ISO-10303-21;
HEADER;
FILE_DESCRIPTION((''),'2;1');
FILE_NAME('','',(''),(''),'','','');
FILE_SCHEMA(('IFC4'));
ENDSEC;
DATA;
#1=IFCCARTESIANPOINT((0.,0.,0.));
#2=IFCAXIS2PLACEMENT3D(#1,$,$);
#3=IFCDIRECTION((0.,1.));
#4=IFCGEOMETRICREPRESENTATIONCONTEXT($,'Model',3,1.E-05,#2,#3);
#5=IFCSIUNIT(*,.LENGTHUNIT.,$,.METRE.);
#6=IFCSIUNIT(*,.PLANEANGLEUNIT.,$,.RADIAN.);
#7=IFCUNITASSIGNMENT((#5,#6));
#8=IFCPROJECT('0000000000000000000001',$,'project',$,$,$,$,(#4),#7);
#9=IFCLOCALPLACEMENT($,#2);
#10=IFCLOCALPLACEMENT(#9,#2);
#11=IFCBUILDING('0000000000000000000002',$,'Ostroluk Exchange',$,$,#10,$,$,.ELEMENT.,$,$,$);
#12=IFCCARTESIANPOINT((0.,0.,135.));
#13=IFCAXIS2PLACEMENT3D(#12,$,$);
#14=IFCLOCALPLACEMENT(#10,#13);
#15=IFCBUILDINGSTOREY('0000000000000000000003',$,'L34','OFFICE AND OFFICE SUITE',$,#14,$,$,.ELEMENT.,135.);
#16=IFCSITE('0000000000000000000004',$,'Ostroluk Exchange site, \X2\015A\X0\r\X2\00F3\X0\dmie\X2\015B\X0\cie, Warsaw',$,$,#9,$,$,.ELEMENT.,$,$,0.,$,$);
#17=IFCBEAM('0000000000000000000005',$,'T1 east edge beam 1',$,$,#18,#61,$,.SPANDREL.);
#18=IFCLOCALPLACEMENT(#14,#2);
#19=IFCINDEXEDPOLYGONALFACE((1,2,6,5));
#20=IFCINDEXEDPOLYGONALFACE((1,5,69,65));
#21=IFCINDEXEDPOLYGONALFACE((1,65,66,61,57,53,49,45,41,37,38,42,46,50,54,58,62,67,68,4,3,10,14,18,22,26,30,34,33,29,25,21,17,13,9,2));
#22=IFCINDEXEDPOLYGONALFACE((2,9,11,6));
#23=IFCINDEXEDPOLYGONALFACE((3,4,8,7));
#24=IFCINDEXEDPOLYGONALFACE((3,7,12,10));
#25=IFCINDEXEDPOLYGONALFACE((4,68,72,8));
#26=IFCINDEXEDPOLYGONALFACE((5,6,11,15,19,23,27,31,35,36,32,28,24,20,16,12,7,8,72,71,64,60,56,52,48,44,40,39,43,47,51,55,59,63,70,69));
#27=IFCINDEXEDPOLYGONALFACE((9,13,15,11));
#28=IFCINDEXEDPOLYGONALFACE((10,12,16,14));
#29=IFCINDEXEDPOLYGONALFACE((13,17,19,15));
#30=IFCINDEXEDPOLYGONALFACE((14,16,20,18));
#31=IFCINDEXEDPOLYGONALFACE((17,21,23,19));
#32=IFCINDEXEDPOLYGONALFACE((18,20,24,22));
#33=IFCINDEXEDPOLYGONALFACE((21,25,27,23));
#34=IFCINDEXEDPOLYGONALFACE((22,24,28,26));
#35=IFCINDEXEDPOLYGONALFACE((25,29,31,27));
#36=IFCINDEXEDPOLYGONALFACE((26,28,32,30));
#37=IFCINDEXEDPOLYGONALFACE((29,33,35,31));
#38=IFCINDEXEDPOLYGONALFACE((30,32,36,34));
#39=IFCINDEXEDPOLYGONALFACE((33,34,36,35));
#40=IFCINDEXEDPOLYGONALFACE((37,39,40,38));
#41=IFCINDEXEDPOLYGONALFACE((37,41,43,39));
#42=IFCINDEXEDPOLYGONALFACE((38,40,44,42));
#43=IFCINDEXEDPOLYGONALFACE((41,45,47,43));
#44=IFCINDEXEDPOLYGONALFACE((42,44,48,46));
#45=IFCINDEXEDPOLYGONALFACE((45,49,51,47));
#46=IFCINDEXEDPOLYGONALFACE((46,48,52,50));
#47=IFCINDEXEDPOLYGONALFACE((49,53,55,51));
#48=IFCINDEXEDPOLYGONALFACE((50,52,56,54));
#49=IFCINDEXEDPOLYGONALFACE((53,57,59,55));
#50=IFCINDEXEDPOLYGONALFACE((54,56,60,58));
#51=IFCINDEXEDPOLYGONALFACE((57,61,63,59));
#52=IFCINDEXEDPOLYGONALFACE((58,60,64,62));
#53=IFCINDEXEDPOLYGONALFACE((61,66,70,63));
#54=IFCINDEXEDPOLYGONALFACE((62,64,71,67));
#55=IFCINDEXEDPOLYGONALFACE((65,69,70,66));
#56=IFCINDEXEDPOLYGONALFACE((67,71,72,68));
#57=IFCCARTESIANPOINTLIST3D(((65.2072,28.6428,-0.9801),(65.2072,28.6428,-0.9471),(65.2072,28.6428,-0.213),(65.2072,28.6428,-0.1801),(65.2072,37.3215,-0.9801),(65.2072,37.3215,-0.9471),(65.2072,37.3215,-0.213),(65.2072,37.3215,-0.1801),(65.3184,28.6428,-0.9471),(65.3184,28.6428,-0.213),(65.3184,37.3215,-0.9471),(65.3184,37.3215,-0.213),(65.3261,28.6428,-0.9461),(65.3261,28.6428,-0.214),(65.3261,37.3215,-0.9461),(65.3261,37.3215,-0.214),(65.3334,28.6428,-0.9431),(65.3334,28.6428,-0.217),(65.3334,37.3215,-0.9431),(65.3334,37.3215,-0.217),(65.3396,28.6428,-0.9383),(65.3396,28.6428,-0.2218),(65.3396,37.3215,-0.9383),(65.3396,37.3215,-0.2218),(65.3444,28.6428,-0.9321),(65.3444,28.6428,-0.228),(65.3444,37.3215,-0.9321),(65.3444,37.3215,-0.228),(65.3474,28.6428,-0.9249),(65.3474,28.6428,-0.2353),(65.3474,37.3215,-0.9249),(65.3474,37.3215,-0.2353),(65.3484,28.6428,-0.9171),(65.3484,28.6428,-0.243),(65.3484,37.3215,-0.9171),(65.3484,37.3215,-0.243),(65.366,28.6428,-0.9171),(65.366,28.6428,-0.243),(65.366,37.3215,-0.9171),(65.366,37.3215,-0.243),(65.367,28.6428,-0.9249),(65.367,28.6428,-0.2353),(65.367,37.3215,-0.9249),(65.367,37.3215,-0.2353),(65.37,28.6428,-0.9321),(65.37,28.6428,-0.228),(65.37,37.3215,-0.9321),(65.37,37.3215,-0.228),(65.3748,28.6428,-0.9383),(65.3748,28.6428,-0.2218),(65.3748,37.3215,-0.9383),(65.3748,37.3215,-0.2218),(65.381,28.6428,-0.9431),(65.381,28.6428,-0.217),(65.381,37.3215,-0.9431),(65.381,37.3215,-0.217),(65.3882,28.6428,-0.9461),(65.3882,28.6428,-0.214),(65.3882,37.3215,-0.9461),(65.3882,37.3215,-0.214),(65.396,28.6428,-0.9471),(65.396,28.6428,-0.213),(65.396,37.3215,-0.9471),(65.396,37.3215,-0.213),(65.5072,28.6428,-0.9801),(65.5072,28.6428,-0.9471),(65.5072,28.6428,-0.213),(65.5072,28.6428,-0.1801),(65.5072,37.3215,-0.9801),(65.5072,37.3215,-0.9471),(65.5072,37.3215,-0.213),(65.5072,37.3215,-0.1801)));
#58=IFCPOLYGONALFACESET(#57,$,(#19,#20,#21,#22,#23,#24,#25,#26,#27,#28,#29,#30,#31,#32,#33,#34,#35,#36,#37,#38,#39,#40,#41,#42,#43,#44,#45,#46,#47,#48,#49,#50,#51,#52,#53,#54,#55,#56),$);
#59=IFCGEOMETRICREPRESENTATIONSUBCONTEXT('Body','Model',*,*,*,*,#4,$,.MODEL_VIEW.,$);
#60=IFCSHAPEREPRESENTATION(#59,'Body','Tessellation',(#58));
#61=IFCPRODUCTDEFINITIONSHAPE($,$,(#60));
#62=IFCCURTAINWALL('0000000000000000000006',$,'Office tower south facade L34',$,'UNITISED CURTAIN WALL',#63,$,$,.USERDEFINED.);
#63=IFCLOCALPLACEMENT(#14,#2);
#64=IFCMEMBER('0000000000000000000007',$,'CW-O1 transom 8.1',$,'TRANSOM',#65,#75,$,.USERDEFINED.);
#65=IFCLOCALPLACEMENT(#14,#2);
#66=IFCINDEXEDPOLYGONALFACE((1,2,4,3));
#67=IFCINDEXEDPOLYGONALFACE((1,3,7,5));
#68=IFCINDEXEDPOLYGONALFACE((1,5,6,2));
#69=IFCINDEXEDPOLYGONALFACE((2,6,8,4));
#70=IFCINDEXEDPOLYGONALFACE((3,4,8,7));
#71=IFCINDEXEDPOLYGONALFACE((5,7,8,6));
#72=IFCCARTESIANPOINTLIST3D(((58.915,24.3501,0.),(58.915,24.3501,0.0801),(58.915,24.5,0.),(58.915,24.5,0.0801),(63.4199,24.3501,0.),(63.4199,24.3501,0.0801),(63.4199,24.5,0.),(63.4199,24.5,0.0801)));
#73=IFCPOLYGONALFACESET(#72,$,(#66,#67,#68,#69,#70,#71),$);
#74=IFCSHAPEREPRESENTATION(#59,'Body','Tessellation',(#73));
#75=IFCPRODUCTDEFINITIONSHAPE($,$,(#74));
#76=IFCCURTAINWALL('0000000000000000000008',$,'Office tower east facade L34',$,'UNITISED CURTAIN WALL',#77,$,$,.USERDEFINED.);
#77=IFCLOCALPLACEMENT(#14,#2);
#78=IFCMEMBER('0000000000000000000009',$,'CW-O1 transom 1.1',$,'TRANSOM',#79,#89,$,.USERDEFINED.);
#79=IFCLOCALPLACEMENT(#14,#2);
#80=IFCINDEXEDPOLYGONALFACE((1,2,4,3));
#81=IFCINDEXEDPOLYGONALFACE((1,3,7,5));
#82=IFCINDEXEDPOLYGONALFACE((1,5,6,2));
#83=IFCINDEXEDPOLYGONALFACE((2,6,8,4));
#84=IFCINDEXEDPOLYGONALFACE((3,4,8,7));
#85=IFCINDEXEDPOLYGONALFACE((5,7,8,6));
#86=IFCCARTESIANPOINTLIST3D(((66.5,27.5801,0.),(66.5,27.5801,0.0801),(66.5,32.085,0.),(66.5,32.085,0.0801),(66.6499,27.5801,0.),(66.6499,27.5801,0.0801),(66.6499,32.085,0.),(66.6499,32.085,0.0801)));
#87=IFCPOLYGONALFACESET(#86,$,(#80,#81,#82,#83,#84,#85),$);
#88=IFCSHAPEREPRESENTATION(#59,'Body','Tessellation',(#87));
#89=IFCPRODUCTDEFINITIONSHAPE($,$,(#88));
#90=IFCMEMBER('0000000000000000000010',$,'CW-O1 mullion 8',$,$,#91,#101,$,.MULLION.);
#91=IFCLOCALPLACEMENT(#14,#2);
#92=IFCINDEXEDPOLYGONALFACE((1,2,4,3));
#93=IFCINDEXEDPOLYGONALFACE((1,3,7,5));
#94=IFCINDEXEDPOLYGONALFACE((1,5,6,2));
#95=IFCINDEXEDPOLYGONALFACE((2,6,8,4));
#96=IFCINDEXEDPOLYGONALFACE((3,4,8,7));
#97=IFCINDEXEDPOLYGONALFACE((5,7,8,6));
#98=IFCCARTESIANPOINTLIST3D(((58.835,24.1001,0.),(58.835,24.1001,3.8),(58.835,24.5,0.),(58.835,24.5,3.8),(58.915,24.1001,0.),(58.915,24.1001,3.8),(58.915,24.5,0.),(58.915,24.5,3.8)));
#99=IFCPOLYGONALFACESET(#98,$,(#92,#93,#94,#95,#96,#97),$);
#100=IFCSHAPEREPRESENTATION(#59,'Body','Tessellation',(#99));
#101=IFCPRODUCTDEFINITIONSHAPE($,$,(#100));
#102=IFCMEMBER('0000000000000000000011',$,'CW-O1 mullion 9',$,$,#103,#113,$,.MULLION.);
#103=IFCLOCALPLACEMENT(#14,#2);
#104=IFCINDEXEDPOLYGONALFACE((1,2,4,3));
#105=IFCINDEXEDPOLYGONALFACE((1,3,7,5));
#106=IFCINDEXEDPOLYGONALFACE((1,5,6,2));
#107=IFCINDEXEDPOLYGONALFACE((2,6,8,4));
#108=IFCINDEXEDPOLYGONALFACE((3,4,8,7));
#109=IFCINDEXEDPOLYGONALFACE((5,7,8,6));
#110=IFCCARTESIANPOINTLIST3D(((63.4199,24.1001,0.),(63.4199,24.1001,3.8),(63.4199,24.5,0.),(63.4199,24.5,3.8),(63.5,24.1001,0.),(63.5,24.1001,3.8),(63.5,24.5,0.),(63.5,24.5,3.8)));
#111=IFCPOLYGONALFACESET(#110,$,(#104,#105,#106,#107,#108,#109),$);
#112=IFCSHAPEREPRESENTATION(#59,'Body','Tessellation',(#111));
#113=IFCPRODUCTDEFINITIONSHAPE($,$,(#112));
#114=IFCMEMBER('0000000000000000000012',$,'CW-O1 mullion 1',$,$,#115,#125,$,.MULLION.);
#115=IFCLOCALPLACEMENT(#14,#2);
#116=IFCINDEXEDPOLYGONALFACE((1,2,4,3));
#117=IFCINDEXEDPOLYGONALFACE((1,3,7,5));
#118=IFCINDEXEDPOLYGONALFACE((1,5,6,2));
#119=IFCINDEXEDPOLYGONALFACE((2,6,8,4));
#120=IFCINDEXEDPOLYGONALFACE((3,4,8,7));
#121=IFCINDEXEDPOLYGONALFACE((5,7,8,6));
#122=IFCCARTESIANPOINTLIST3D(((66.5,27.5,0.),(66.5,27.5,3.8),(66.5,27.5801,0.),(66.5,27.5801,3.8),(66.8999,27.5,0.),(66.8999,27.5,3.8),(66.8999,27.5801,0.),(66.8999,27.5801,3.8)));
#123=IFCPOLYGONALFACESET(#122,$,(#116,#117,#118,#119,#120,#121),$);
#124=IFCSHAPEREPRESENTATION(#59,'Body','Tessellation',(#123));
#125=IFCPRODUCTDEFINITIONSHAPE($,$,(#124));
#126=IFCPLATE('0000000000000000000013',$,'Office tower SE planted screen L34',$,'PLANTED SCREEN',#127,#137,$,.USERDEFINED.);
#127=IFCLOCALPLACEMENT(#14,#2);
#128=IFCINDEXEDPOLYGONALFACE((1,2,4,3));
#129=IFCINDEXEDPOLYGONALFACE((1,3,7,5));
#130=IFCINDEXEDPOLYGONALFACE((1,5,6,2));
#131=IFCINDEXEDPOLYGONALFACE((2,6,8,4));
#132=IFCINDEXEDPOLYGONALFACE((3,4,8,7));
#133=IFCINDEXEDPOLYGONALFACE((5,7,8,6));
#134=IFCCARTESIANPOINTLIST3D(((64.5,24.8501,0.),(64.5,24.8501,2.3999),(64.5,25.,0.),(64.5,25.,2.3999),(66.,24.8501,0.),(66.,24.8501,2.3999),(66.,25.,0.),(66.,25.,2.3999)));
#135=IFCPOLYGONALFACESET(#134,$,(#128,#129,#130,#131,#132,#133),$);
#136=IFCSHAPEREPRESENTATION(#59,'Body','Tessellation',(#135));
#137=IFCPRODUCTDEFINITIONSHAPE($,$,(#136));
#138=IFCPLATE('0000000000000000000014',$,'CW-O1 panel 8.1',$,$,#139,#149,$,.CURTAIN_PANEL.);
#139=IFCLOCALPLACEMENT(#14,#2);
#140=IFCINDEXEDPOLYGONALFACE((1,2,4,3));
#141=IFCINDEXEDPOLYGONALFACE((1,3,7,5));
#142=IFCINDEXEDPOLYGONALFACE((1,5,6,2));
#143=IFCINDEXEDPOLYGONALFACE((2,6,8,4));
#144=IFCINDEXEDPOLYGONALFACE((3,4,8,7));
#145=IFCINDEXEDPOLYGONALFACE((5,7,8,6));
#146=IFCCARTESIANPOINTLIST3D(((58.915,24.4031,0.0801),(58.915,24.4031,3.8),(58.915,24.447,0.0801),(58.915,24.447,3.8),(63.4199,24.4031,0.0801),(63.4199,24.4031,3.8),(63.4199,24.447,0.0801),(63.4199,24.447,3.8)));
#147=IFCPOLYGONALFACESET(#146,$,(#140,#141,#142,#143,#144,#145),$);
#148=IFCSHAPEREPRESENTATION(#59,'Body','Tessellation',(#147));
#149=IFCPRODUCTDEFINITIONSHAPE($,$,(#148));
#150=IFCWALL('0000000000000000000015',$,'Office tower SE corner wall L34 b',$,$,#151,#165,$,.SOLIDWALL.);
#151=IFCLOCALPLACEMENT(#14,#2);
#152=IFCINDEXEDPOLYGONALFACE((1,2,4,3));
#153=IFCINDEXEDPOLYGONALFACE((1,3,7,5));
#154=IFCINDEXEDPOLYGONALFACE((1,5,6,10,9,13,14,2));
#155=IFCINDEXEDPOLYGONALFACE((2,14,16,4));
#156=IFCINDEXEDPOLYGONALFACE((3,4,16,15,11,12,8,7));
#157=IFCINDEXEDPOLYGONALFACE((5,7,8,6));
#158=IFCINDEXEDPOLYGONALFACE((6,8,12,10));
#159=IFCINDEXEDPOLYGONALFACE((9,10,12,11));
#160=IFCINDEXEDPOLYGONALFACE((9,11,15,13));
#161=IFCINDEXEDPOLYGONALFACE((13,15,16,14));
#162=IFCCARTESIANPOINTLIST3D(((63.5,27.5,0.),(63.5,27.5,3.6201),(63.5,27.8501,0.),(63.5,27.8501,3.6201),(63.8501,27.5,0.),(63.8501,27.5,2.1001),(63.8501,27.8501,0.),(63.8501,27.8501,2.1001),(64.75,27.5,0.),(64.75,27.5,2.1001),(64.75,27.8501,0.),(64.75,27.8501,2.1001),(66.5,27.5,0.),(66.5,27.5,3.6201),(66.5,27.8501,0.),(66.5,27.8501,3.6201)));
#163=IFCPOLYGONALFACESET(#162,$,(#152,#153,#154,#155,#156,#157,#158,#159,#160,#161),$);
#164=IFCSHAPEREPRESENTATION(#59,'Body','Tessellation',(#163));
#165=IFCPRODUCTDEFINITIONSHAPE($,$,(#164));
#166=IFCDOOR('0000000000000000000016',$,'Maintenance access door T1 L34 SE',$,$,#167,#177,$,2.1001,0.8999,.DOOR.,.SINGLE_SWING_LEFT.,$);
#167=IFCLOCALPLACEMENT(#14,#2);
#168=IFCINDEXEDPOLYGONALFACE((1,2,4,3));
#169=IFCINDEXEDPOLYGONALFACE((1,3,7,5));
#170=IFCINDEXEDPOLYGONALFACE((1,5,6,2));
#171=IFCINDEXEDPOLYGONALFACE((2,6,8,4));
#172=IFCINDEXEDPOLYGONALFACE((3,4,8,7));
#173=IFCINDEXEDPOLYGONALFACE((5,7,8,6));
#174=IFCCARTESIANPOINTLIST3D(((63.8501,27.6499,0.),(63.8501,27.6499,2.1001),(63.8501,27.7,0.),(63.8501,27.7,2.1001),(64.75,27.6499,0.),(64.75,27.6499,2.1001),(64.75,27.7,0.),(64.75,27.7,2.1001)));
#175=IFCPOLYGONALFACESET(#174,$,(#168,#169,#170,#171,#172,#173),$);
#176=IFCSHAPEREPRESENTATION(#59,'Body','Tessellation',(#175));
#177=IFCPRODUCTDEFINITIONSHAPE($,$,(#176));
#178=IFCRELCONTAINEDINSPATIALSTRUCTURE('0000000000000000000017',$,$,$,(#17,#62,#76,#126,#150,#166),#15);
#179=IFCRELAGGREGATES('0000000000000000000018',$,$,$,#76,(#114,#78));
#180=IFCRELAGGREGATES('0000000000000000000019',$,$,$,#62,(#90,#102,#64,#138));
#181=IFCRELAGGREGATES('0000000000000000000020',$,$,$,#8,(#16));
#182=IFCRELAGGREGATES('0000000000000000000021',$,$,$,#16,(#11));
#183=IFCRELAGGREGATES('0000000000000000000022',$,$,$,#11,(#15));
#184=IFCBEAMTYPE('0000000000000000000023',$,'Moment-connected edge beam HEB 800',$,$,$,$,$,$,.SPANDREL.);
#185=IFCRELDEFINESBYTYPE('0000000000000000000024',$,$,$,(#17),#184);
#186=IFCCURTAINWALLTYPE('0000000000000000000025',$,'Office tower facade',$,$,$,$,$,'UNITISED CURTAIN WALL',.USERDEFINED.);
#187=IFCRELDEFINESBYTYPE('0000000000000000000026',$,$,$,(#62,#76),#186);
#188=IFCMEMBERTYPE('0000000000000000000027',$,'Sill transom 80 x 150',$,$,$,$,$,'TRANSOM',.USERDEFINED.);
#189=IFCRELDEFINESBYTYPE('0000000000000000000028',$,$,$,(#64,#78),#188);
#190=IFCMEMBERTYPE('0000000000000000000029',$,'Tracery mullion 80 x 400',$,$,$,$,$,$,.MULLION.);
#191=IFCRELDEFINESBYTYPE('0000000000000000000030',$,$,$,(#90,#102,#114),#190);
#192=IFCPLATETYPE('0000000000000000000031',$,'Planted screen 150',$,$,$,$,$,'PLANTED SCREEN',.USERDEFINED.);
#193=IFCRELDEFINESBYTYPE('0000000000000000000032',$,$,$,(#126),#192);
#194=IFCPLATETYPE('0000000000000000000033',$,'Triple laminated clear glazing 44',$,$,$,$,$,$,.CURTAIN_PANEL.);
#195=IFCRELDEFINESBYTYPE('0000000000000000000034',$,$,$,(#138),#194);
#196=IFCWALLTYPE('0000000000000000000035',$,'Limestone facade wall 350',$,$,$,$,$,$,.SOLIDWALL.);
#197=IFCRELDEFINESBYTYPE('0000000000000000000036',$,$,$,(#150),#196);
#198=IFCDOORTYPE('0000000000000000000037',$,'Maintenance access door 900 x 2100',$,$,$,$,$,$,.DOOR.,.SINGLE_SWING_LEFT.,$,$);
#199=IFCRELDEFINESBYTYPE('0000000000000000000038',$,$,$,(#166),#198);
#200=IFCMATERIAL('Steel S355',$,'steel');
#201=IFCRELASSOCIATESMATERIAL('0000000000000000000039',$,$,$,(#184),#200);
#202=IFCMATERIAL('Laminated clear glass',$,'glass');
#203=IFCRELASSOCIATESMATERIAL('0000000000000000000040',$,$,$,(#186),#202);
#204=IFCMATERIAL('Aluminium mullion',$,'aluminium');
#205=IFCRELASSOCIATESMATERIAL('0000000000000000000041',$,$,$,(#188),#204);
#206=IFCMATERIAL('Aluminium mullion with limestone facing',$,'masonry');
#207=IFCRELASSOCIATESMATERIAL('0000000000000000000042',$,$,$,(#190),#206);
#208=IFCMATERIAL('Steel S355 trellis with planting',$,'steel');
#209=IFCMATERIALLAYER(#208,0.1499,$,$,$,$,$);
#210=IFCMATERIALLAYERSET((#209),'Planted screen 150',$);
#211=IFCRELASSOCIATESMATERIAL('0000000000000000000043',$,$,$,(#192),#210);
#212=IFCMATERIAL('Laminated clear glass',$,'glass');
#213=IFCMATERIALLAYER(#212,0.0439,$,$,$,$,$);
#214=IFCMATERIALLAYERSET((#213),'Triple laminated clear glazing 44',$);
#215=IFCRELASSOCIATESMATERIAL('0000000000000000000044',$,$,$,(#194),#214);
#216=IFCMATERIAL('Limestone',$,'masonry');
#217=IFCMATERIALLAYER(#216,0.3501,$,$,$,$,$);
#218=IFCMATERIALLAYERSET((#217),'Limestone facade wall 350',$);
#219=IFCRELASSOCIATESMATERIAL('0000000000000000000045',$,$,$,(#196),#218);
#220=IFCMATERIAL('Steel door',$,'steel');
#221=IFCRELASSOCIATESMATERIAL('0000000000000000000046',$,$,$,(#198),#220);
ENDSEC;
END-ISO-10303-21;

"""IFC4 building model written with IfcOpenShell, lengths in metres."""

from ifc_helpers import new_model, si_unit, direction, frame, frame_2d, origin, origin_2d, place, context, subcontext, project, spatial, rectangle, i_section, extrude, material, layer, layer_set, material_profile, profile_set, type_object, element, fill, aggregate, save


model = new_model("IFC4")

# Units and contexts
model_context = context("Model", 3, precision=1e-05, world=origin(), true_north=direction((0.0, 1.0)))
body_context = subcontext(model_context, "Body", "Model", "MODEL_VIEW")
ifc_project = project(units=[si_unit("LENGTHUNIT", "METRE"), si_unit("PLANEANGLEUNIT", "RADIAN")], contexts=[model_context])

# Site, building, storey
site_placement = place(None, origin())
site = spatial("IfcSite", under=ifc_project, at=site_placement, Name="Ostroluk Exchange site, Śródmieście, Warsaw", CompositionType="ELEMENT", RefElevation=0.0)
building_placement = place(site_placement, origin())
building = spatial("IfcBuilding", under=site, at=building_placement, Name="Ostroluk Exchange", CompositionType="ELEMENT")
storey_placement = place(building_placement, frame((0.0, 0.0, 135.0)))
storey = spatial("IfcBuildingStorey", under=building, at=storey_placement, Name="L34", Description="OFFICE AND OFFICE SUITE", CompositionType="ELEMENT", Elevation=135.0)

# Beam
ifc_material_1 = material(Name="Steel S355", Category="steel")
ifc_material_profile_1 = material_profile(ifc_material_1, i_section(OverallWidth=0.3, OverallDepth=0.8, WebThickness=0.0176, FlangeThickness=0.033, FilletRadius=0.03, at=origin_2d()), Name="HEB 800")
ifc_profile_set_1 = profile_set([ifc_material_profile_1], Name="Steel S355")
beam_type_1 = type_object("IfcBeamType", Name="Moment-connected edge beam HEB 800", PredefinedType="SPANDREL", material=ifc_profile_set_1)
beam_placement = place(storey_placement, frame((65.3572, 28.6428, -0.5801), z_axis=(0.0, 1.0, 0.0), x_axis=(-1.0, 0.0, 0.0)))
element("IfcBeam", 1, at=beam_placement, inside=storey, type_object=beam_type_1, Name="T1 east edge beam 1", PredefinedType="SPANDREL", context=body_context, shape_type="SweptSolid", body=[
    extrude(i_section(OverallWidth=0.3, OverallDepth=0.8, WebThickness=0.0176, FlangeThickness=0.033, FilletRadius=0.03, at=origin_2d()), origin(), (0.0, 0.0, 1.0), 8.6787),
])

# Curtain walls, members
ifc_material_2 = material(Name="Laminated clear glass", Category="glass")
curtain_wall_type = type_object("IfcCurtainWallType", Name="Office tower facade", ElementType="UNITISED CURTAIN WALL", PredefinedType="USERDEFINED", material=ifc_material_2)
curtain_wall_1_placement = place(storey_placement, origin())
curtain_wall_1 = element("IfcCurtainWall", 2, at=curtain_wall_1_placement, inside=storey, type_object=curtain_wall_type, Name="Office tower south facade L34", ObjectType="UNITISED CURTAIN WALL", PredefinedType="USERDEFINED")
ifc_material_3 = material(Name="Aluminium mullion", Category="aluminium")
ifc_material_profile_2 = material_profile(ifc_material_3, rectangle(XDim=0.1499, YDim=0.0801, at=origin_2d()), Name="Sill transom 80 x 150")
ifc_profile_set_2 = profile_set([ifc_material_profile_2], Name="Aluminium mullion")
member_type_1 = type_object("IfcMemberType", Name="Sill transom 80 x 150", ElementType="TRANSOM", PredefinedType="USERDEFINED", material=ifc_profile_set_2)
member_1_placement = place(storey_placement, frame((58.915, 24.425, 0.04), z_axis=(1.0, 0.0, 0.0), x_axis=(0.0, 1.0, 0.0)))
member_1 = element("IfcMember", 3, at=member_1_placement, type_object=member_type_1, Name="CW-O1 transom 8.1", ObjectType="TRANSOM", PredefinedType="USERDEFINED", context=body_context, shape_type="SweptSolid", body=[
    extrude(rectangle(XDim=0.1499, YDim=0.0801, at=origin_2d()), origin(), (0.0, 0.0, 1.0), 4.5049),
])
curtain_wall_2_placement = place(storey_placement, origin())
curtain_wall_2 = element("IfcCurtainWall", 4, at=curtain_wall_2_placement, inside=storey, type_object=curtain_wall_type, Name="Office tower east facade L34", ObjectType="UNITISED CURTAIN WALL", PredefinedType="USERDEFINED")
member_2_placement = place(storey_placement, frame((66.575, 27.5801, 0.04), z_axis=(0.0, 1.0, 0.0), x_axis=(-1.0, 0.0, 0.0)))
member_2 = element("IfcMember", 5, at=member_2_placement, type_object=member_type_1, Name="CW-O1 transom 1.1", ObjectType="TRANSOM", PredefinedType="USERDEFINED", context=body_context, shape_type="SweptSolid", body=[
    extrude(rectangle(XDim=0.1499, YDim=0.0801, at=origin_2d()), origin(), (0.0, 0.0, 1.0), 4.5049),
])

# Members
ifc_material_4 = material(Name="Aluminium mullion with limestone facing", Category="masonry")
ifc_material_profile_3 = material_profile(ifc_material_4, rectangle(XDim=0.3999, YDim=0.0801, at=origin_2d()), Name="Tracery mullion 80 x 400")
ifc_profile_set_3 = profile_set([ifc_material_profile_3], Name="Aluminium mullion with limestone facing")
member_type_2 = type_object("IfcMemberType", Name="Tracery mullion 80 x 400", PredefinedType="MULLION", material=ifc_profile_set_3)
member_3_placement = place(storey_placement, frame((58.875, 24.3, 0.0), z_axis=(0.0, 0.0, 1.0), x_axis=(0.0, 1.0, 0.0)))
member_3 = element("IfcMember", 6, at=member_3_placement, type_object=member_type_2, Name="CW-O1 mullion 8", PredefinedType="MULLION", context=body_context, shape_type="SweptSolid", body=[
    extrude(rectangle(XDim=0.3999, YDim=0.0801, at=origin_2d()), origin(), (0.0, 0.0, 1.0), 3.8),
])
member_4_placement = place(storey_placement, frame((63.46, 24.3, 0.0), z_axis=(0.0, 0.0, 1.0), x_axis=(0.0, 1.0, 0.0)))
member_4 = element("IfcMember", 7, at=member_4_placement, type_object=member_type_2, Name="CW-O1 mullion 9", PredefinedType="MULLION", context=body_context, shape_type="SweptSolid", body=[
    extrude(rectangle(XDim=0.3999, YDim=0.0801, at=origin_2d()), origin(), (0.0, 0.0, 1.0), 3.8),
])
member_5_placement = place(storey_placement, frame((66.7, 27.54, 0.0), z_axis=(0.0, 0.0, 1.0), x_axis=(-1.0, 0.0, 0.0)))
member_5 = element("IfcMember", 8, at=member_5_placement, type_object=member_type_2, Name="CW-O1 mullion 1", PredefinedType="MULLION", context=body_context, shape_type="SweptSolid", body=[
    extrude(rectangle(XDim=0.3999, YDim=0.0801, at=origin_2d()), origin(), (0.0, 0.0, 1.0), 3.8),
])
aggregate(curtain_wall_2, [member_5, member_2])

# Plates
ifc_material_5 = material(Name="Steel S355 trellis with planting", Category="steel")
ifc_layer_1 = layer(ifc_material_5, 0.1499)
ifc_layer_set_1 = layer_set([ifc_layer_1], Name="Planted screen 150")
plate_type_1 = type_object("IfcPlateType", Name="Planted screen 150", ElementType="PLANTED SCREEN", PredefinedType="USERDEFINED", material=ifc_layer_set_1)
plate_1_placement = place(storey_placement, frame((65.25, 24.925, 0.0), z_axis=(0.0, 0.0, 1.0), x_axis=(1.0, 0.0, 0.0)))
element("IfcPlate", 9, at=plate_1_placement, inside=storey, type_object=plate_type_1, Name="Office tower SE planted screen L34", ObjectType="PLANTED SCREEN", PredefinedType="USERDEFINED", context=body_context, shape_type="SweptSolid", body=[
    extrude(rectangle(XDim=1.5, YDim=0.1499, at=origin_2d()), origin(), (0.0, 0.0, 1.0), 2.3999),
])
ifc_material_6 = material(Name="Laminated clear glass", Category="glass")
ifc_layer_2 = layer(ifc_material_6, 0.0439)
ifc_layer_set_2 = layer_set([ifc_layer_2], Name="Triple laminated clear glazing 44")
plate_type_2 = type_object("IfcPlateType", Name="Triple laminated clear glazing 44", PredefinedType="CURTAIN_PANEL", material=ifc_layer_set_2)
plate_2_placement = place(storey_placement, frame((61.1675, 24.425, 0.0801), z_axis=(0.0, 0.0, 1.0), x_axis=(1.0, 0.0, 0.0)))
plate_2 = element("IfcPlate", 10, at=plate_2_placement, type_object=plate_type_2, Name="CW-O1 panel 8.1", PredefinedType="CURTAIN_PANEL", context=body_context, shape_type="SweptSolid", body=[
    extrude(rectangle(XDim=4.5049, YDim=0.0439, at=origin_2d()), origin(), (0.0, 0.0, 1.0), 3.72),
])
aggregate(curtain_wall_1, [member_3, member_4, member_1, plate_2])

# Wall, opening, door
ifc_material_7 = material(Name="Limestone", Category="masonry")
ifc_layer_3 = layer(ifc_material_7, 0.3501)
ifc_layer_set_3 = layer_set([ifc_layer_3], Name="Limestone facade wall 350")
wall_type = type_object("IfcWallType", Name="Limestone facade wall 350", PredefinedType="SOLIDWALL", material=ifc_layer_set_3)
wall_1_placement = place(storey_placement, frame((63.5, 27.675, 0.0), z_axis=(0.0, 0.0, 1.0), x_axis=(1.0, 0.0, 0.0)))
wall_1 = element("IfcWall", 11, at=wall_1_placement, inside=storey, type_object=wall_type, Name="Office tower SE corner wall L34 b", PredefinedType="SOLIDWALL", context=body_context, shape_type="SweptSolid", body=[
    extrude(rectangle(XDim=3.0, YDim=0.3501, at=frame_2d((1.5, 0.0))), origin(), (0.0, 0.0, 1.0), 3.6201),
])
opening_1_placement = place(wall_1_placement, frame((0.3501, 0.0, 0.0)))
opening_1 = element("IfcOpeningElement", 12, at=opening_1_placement, cuts=wall_1, PredefinedType="OPENING", context=body_context, shape_type="SweptSolid", body=[
    extrude(rectangle(XDim=0.8999, YDim=2.1001, at=frame_2d((0.45, 1.05))), frame((0.0, 0.1851, 0.0), z_axis=(0.0, -1.0, 0.0), x_axis=(1.0, 0.0, 0.0)), (0.0, 0.0, 1.0), 0.3701),
])
ifc_material_8 = material(Name="Steel door", Category="steel")
door_type_1 = type_object("IfcDoorType", Name="Maintenance access door 900 x 2100", OperationType="SINGLE_SWING_LEFT", PredefinedType="DOOR", material=ifc_material_8)
door_1_placement = place(opening_1_placement, origin())
door_1 = element("IfcDoor", 13, at=door_1_placement, inside=storey, type_object=door_type_1, Name="Maintenance access door T1 L34 SE", OperationType="SINGLE_SWING_LEFT", OverallHeight=2.1001, OverallWidth=0.8999, PredefinedType="DOOR", context=body_context, shape_type="SweptSolid", body=[
    extrude(rectangle(XDim=0.8999, YDim=2.1001, at=frame_2d((0.45, 1.05))), frame((0.0, 0.0249, 0.0), z_axis=(0.0, -1.0, 0.0), x_axis=(1.0, 0.0, 0.0)), (0.0, 0.0, 1.0), 0.05),
])
fill(opening_1, door_1)

save(model, "model.ifc")
